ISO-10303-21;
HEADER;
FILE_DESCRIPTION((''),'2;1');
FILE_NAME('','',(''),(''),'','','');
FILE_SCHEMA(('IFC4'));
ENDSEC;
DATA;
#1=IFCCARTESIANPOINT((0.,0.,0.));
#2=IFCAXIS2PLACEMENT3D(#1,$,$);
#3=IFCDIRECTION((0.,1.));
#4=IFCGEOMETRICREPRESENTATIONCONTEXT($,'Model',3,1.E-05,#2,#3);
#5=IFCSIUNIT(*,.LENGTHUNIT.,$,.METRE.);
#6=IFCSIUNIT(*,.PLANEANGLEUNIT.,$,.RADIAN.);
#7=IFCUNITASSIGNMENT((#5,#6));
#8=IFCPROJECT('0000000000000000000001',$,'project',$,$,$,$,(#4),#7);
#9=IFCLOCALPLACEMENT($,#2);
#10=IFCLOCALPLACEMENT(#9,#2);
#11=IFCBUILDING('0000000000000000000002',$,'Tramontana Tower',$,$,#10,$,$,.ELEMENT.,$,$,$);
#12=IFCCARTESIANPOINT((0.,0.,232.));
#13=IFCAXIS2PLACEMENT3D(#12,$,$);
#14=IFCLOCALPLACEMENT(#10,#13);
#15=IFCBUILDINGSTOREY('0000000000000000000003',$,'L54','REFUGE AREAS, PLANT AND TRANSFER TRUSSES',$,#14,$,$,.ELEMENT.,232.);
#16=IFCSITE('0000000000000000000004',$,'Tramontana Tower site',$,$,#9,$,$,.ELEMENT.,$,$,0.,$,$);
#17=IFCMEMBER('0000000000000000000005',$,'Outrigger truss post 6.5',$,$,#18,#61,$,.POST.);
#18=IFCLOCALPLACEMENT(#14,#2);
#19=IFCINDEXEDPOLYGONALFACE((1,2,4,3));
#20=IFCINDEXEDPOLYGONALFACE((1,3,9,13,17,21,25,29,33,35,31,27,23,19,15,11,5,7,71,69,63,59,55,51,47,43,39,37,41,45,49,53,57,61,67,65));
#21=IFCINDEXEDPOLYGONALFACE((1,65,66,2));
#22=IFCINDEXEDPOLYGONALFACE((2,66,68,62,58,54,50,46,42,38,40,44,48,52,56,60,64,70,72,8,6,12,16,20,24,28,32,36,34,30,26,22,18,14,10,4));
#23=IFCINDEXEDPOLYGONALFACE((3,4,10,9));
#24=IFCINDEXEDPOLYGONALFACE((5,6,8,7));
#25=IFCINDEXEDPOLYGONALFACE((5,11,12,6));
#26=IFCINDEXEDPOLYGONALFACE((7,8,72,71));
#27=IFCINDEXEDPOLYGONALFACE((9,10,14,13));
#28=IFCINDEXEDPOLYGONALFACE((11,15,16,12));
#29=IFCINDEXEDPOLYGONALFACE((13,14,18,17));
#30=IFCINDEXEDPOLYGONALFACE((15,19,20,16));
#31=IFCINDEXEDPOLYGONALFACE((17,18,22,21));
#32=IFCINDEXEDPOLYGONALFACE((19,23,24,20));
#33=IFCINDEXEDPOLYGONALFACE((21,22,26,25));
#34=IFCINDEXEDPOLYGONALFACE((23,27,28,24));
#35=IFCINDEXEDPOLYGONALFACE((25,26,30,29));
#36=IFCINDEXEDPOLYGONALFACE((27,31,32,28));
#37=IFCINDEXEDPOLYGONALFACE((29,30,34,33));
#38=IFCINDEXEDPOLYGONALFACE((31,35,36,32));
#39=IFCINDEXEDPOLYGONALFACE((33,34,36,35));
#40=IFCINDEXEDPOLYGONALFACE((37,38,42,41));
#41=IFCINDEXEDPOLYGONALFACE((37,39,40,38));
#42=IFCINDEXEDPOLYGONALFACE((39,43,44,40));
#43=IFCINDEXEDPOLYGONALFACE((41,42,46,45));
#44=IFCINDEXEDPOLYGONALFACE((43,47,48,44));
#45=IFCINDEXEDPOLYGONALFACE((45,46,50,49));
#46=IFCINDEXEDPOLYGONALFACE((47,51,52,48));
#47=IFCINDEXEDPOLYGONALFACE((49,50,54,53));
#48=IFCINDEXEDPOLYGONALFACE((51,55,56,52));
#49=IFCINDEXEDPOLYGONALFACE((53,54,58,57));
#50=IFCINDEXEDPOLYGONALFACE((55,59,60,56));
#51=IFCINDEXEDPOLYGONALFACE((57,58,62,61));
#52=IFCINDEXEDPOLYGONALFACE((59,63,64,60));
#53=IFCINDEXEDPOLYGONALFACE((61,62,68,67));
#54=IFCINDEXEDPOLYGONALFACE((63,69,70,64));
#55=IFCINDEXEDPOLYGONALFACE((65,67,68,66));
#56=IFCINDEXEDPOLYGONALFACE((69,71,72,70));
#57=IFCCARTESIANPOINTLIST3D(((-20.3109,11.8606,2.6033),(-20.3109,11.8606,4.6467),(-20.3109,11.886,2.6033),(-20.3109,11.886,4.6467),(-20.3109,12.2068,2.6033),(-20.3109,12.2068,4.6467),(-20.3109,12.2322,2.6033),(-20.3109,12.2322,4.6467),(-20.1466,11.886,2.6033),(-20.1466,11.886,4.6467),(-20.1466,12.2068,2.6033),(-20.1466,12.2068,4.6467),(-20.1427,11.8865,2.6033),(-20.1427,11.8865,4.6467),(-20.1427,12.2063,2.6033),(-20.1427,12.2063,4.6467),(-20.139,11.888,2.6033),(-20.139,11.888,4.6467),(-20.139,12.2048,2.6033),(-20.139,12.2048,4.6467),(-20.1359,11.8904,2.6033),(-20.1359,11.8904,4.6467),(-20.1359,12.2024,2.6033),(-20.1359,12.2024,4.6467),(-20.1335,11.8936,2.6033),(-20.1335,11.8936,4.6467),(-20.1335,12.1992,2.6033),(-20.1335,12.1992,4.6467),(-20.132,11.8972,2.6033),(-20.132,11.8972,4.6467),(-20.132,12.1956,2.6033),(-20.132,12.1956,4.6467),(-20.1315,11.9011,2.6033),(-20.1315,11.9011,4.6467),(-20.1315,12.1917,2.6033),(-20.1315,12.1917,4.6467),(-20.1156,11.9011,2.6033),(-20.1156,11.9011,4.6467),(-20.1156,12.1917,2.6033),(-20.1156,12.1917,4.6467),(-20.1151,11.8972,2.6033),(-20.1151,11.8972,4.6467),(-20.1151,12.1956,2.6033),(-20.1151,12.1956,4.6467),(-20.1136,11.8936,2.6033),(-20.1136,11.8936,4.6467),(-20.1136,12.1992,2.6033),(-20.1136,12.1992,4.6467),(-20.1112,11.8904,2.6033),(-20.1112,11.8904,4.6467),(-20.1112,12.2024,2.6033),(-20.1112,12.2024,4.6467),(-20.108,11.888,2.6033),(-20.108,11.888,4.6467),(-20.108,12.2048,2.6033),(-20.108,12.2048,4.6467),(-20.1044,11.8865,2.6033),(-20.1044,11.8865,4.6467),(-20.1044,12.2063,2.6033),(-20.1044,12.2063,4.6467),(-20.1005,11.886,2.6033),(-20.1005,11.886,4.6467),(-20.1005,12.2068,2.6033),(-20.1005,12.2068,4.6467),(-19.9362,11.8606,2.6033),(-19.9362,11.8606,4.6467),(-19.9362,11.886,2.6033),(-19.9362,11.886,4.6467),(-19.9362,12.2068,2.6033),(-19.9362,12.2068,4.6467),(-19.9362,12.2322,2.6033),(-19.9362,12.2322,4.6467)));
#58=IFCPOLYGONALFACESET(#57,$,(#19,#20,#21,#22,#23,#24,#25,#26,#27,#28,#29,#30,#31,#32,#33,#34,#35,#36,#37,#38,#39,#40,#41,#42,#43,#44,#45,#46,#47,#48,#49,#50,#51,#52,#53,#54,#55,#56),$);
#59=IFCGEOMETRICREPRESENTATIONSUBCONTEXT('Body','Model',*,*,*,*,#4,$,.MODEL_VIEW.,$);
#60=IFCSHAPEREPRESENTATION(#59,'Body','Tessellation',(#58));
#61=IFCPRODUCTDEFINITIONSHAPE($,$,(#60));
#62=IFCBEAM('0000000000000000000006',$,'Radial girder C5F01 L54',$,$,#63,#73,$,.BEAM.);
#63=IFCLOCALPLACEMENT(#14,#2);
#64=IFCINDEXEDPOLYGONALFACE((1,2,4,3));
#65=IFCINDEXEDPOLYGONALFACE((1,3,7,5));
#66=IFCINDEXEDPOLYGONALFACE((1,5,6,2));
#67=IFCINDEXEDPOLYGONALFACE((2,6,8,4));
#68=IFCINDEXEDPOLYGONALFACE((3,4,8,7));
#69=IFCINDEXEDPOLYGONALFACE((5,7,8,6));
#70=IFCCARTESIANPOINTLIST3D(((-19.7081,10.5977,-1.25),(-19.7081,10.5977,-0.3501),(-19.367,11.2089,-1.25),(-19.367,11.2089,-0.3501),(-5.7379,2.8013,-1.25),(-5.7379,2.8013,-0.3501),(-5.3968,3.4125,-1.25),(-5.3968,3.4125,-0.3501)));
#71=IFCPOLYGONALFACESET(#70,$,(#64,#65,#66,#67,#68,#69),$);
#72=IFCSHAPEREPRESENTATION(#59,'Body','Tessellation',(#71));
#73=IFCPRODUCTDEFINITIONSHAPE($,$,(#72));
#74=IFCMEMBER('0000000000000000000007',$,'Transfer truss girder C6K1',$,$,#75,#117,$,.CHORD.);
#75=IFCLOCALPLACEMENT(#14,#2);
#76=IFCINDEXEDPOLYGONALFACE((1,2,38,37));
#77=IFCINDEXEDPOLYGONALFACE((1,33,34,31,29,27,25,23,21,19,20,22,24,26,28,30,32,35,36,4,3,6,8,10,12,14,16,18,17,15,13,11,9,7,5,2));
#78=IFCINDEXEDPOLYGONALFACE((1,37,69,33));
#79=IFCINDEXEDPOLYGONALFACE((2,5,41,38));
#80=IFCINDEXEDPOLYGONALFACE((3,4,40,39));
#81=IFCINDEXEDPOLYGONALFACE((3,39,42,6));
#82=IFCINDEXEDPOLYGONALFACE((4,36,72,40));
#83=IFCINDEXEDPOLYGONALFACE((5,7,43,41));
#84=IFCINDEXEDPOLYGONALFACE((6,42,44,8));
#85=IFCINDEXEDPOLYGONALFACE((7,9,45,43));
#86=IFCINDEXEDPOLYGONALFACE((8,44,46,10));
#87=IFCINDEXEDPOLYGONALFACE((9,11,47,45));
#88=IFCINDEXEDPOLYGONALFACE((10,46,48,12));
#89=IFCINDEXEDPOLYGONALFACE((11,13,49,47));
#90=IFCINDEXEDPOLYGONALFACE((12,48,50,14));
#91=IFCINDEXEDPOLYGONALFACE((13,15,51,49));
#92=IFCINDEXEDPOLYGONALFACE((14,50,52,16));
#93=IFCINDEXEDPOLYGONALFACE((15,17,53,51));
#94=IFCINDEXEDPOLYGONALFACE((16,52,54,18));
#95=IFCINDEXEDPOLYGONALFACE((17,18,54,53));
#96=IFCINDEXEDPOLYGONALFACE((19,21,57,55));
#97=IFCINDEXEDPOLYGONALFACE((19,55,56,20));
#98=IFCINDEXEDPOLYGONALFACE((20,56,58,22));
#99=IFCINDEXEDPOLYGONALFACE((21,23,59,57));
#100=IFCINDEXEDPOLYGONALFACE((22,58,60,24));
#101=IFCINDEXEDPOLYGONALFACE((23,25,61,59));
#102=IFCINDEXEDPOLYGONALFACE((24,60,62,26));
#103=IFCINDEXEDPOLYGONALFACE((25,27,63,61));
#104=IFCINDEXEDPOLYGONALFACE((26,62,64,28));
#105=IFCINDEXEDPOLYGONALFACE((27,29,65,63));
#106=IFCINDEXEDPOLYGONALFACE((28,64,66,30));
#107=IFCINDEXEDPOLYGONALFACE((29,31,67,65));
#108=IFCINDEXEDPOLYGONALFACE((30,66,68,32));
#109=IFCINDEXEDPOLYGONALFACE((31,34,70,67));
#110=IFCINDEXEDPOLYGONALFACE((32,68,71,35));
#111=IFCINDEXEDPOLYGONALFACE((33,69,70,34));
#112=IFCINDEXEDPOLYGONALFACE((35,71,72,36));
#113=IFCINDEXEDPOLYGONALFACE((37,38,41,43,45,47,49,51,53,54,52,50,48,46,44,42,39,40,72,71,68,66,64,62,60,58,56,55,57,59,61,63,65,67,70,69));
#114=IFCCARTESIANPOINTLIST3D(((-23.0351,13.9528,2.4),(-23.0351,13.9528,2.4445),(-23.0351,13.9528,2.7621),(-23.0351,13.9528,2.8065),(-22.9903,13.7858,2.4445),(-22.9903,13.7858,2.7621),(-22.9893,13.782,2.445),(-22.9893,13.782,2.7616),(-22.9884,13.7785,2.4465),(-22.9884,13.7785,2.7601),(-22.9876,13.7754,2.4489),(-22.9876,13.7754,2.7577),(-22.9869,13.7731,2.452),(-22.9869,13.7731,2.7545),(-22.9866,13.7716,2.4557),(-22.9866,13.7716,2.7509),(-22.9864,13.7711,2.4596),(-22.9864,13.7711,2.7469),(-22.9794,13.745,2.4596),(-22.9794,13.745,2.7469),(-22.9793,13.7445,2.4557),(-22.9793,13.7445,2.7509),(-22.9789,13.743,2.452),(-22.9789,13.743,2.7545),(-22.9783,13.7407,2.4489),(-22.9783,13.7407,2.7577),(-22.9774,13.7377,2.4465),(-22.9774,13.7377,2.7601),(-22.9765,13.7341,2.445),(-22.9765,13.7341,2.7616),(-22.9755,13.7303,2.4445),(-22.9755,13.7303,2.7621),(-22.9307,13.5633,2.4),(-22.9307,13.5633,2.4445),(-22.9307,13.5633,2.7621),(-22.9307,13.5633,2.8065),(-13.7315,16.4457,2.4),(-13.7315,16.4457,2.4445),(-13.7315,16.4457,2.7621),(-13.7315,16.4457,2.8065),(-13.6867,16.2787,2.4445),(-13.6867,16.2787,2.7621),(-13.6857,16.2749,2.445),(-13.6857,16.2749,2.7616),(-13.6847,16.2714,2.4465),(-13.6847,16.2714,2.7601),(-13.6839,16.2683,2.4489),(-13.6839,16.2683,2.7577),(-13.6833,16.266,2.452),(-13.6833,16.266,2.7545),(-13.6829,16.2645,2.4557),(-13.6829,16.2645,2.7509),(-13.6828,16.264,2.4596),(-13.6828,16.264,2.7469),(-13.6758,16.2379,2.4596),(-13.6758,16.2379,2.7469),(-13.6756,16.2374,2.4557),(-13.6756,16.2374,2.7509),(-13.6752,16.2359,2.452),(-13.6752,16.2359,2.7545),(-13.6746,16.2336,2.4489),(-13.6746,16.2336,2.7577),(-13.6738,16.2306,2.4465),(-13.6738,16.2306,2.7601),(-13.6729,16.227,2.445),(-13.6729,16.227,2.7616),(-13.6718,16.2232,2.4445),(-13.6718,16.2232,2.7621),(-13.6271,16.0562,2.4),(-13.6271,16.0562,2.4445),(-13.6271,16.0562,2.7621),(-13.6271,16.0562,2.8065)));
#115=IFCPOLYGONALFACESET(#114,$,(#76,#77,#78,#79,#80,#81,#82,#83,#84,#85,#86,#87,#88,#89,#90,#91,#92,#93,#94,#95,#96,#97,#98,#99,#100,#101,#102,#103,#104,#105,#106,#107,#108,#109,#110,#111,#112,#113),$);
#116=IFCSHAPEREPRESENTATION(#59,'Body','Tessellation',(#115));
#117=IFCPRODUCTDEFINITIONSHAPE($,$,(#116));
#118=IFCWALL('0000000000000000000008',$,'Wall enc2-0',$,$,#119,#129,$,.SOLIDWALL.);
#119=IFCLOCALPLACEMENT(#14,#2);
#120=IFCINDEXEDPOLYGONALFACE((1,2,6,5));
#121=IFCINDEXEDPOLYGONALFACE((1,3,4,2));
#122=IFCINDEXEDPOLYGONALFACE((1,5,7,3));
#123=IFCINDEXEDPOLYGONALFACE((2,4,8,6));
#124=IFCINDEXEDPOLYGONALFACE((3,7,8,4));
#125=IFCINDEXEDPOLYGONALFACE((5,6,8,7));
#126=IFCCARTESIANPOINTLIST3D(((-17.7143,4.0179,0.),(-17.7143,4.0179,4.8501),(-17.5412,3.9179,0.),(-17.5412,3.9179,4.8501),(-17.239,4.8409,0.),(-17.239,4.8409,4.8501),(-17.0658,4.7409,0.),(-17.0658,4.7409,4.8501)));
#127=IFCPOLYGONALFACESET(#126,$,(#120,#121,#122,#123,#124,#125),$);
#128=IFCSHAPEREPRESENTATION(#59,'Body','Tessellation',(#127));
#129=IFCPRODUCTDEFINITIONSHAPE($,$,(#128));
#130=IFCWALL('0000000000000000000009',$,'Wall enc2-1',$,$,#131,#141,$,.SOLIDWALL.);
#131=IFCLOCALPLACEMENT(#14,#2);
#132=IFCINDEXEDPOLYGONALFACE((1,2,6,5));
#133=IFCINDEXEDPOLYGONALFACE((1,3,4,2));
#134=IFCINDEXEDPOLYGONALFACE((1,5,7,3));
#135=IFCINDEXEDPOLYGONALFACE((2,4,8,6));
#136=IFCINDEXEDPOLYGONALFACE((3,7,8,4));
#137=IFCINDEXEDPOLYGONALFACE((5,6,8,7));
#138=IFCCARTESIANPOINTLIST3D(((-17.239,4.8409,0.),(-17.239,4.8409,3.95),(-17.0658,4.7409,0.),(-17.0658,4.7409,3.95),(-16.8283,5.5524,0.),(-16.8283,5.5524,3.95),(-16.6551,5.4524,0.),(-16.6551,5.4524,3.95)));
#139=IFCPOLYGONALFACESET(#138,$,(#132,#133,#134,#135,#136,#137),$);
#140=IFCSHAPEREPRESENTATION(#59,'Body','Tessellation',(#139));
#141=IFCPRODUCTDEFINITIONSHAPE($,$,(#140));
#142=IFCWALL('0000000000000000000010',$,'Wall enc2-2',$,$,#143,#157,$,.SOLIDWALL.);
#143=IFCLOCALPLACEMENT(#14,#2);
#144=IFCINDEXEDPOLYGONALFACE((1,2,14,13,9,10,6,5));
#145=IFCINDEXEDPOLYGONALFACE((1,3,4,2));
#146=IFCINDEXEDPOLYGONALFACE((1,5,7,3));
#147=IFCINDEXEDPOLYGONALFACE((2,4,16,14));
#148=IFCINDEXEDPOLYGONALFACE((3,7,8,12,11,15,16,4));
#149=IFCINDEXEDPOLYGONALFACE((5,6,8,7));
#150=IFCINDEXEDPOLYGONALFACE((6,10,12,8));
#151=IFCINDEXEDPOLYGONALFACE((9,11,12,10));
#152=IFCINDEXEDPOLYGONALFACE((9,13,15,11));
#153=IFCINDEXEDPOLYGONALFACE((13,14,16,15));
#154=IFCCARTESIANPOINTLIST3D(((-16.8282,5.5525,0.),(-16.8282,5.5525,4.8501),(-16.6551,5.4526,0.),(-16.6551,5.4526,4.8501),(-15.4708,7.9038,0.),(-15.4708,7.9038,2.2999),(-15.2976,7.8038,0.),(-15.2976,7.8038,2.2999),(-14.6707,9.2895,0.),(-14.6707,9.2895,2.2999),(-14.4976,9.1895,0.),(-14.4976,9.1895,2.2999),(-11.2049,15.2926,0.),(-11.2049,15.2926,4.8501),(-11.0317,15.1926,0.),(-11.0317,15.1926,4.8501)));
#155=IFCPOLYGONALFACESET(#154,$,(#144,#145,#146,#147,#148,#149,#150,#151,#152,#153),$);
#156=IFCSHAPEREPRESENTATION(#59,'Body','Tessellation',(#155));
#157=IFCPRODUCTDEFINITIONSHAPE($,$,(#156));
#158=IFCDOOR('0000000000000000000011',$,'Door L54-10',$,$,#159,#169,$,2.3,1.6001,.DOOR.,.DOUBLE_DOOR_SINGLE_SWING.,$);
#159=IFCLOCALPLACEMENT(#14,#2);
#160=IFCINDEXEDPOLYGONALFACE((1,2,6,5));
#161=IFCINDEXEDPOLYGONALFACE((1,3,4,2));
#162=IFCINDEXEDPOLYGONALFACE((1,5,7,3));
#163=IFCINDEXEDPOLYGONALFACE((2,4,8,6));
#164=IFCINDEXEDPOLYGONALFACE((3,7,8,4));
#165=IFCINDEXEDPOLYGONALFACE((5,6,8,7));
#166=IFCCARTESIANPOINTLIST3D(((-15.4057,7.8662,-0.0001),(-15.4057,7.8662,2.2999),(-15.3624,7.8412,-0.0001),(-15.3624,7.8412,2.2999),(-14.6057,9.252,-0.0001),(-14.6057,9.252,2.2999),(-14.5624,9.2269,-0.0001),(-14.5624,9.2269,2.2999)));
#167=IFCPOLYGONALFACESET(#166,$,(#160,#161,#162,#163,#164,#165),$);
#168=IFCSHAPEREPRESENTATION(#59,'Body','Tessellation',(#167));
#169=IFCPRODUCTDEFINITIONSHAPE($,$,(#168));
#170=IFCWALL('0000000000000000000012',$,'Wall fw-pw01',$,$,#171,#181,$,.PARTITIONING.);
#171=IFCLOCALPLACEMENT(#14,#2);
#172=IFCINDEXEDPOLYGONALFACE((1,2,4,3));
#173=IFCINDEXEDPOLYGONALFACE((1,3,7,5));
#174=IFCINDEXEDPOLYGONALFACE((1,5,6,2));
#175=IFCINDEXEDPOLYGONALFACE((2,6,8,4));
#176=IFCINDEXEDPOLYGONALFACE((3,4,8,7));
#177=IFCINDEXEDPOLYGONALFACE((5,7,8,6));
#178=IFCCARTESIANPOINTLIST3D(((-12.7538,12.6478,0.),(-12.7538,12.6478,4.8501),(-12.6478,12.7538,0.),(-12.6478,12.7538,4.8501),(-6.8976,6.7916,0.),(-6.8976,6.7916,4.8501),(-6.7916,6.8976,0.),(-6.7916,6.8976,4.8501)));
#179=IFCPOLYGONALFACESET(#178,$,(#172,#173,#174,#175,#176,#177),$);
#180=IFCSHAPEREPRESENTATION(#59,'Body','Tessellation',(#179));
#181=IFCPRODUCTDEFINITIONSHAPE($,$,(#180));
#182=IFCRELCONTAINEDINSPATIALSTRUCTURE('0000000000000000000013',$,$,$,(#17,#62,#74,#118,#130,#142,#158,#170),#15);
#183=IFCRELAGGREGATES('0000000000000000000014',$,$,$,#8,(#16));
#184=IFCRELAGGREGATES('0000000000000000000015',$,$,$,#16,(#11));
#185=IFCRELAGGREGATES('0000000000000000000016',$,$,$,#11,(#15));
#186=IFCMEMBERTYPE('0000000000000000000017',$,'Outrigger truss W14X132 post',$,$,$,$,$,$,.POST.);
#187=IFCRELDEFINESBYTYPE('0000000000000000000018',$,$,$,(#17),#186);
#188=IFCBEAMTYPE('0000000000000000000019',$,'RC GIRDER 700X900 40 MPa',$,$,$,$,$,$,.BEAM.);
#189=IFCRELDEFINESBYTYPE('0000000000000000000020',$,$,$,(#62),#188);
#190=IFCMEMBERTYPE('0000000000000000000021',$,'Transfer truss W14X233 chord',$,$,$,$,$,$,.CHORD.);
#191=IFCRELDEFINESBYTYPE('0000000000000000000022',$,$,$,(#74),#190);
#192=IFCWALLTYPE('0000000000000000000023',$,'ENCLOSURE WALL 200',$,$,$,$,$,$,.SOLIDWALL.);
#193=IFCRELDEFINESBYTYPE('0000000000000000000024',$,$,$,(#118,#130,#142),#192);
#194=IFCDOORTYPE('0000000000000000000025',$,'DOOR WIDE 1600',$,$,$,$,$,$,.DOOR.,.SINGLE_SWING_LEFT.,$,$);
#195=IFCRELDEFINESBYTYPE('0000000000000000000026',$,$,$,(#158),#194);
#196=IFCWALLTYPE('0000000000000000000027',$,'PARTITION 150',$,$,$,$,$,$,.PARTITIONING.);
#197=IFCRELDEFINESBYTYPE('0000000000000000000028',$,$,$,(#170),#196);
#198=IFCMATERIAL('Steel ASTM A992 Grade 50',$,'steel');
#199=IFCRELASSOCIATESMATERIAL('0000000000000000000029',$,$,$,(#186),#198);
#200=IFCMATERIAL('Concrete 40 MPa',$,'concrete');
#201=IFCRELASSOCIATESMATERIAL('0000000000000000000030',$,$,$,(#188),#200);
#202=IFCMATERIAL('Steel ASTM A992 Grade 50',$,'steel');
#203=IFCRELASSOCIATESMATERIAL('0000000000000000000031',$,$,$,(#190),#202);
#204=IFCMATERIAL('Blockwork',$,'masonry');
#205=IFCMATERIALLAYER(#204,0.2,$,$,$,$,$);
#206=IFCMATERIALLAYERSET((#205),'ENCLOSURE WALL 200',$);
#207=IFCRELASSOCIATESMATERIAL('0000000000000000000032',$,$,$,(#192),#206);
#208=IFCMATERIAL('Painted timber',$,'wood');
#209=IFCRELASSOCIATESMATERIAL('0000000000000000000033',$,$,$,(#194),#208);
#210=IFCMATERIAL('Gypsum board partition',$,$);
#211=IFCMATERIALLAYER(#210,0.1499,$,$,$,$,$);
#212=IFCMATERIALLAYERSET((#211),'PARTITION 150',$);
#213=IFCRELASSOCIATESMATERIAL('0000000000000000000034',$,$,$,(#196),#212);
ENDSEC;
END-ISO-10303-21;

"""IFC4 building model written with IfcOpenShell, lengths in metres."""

from ifc_helpers import new_model, si_unit, direction, frame, frame_2d, origin, origin_2d, place, context, subcontext, project, spatial, rectangle, i_section, extrude, material, layer, layer_set, material_profile, profile_set, type_object, element, fill, save


model = new_model("IFC4")

# Units and contexts
model_context = context("Model", 3, precision=1e-05, world=origin(), true_north=direction((0.0, 1.0)))
body_context = subcontext(model_context, "Body", "Model", "MODEL_VIEW")
ifc_project = project(units=[si_unit("LENGTHUNIT", "METRE"), si_unit("PLANEANGLEUNIT", "RADIAN")], contexts=[model_context])

# Site, building, storey
site_placement = place(None, origin())
site = spatial("IfcSite", under=ifc_project, at=site_placement, Name="Tramontana Tower site", CompositionType="ELEMENT", RefElevation=0.0)
building_placement = place(site_placement, origin())
building = spatial("IfcBuilding", under=site, at=building_placement, Name="Tramontana Tower", CompositionType="ELEMENT")
storey_placement = place(building_placement, frame((0.0, 0.0, 232.0)))
storey = spatial("IfcBuildingStorey", under=building, at=storey_placement, Name="L54", Description="REFUGE AREAS, PLANT AND TRANSFER TRUSSES", CompositionType="ELEMENT", Elevation=232.0)

# Member
ifc_material_1 = material(Name="Steel ASTM A992 Grade 50", Category="steel")
ifc_material_profile_1 = material_profile(ifc_material_1, i_section(OverallWidth=0.3748, OverallDepth=0.3716, WebThickness=0.0159, FlangeThickness=0.0254, FilletRadius=0.0151, at=origin_2d()), Name="W14X132")
ifc_profile_set_1 = profile_set([ifc_material_profile_1], Name="Steel ASTM A992 Grade 50")
member_type_1 = type_object("IfcMemberType", Name="Outrigger truss W14X132 post", PredefinedType="POST", material=ifc_profile_set_1)
for number, where, z_axis, x_axis, name in (
    (1, (-20.1235, 12.0464, 2.6033), (0.0, 0.0, 1.0), (1.0, 0.0, 0.0), "Outrigger truss post 6.5"),
):
    element("IfcMember", number, at=place(storey_placement, frame(where, z_axis=z_axis, x_axis=x_axis)), inside=storey, type_object=member_type_1, Name=name, PredefinedType="POST", context=body_context, shape_type="SweptSolid", body=[
        extrude(i_section(OverallWidth=0.3748, OverallDepth=0.3716, WebThickness=0.0159, FlangeThickness=0.0254, FilletRadius=0.0151, at=origin_2d()), origin(), (0.0, 0.0, 1.0), 2.0435),
    ])

# Beam
ifc_material_2 = material(Name="Concrete 40 MPa", Category="concrete")
ifc_material_profile_2 = material_profile(ifc_material_2, rectangle(XDim=0.7, YDim=0.8999, at=origin_2d()), Name="RC GIRDER 700X900 40 MPa")
ifc_profile_set_2 = profile_set([ifc_material_profile_2], Name="Concrete 40 MPa")
beam_type = type_object("IfcBeamType", Name="RC GIRDER 700X900 40 MPa", PredefinedType="BEAM", material=ifc_profile_set_2)
beam_placement = place(storey_placement, frame((-19.5376, 10.9033, -0.8), z_axis=(0.873223, -0.487321, 0.0), x_axis=(0.487321, 0.873223, 0.0)))
element("IfcBeam", 2, at=beam_placement, inside=storey, type_object=beam_type, Name="Radial girder C5F01 L54", PredefinedType="BEAM", context=body_context, shape_type="SweptSolid", body=[
    extrude(rectangle(XDim=0.7, YDim=0.8999, at=origin_2d()), origin(), (0.0, 0.0, 1.0), 15.9985),
])

# Member
ifc_material_3 = material(Name="Steel ASTM A992 Grade 50", Category="steel")
ifc_material_profile_3 = material_profile(ifc_material_3, i_section(OverallWidth=0.4033, OverallDepth=0.4065, WebThickness=0.0271, FlangeThickness=0.0444, FilletRadius=0.0151, at=origin_2d()), Name="W14X233")
ifc_profile_set_3 = profile_set([ifc_material_profile_3], Name="Steel ASTM A992 Grade 50")
member_type_2 = type_object("IfcMemberType", Name="Transfer truss W14X233 chord", PredefinedType="CHORD", material=ifc_profile_set_3)
member_1_placement = place(storey_placement, frame((-22.9829, 13.7581, 2.6033), z_axis=(0.965926, 0.258819, 0.0), x_axis=(-0.258819, 0.965926, 0.0)))
element("IfcMember", 3, at=member_1_placement, inside=storey, type_object=member_type_2, Name="Transfer truss girder C6K1", PredefinedType="CHORD", context=body_context, shape_type="SweptSolid", body=[
    extrude(i_section(OverallWidth=0.4033, OverallDepth=0.4065, WebThickness=0.0271, FlangeThickness=0.0444, FilletRadius=0.0151, at=origin_2d()), origin(), (0.0, 0.0, 1.0), 9.6318),
])

# Walls
ifc_material_4 = material(Name="Blockwork", Category="masonry")
ifc_layer_1 = layer(ifc_material_4, 0.2)
ifc_layer_set_1 = layer_set([ifc_layer_1], Name="ENCLOSURE WALL 200")
wall_type_1 = type_object("IfcWallType", Name="ENCLOSURE WALL 200", PredefinedType="SOLIDWALL", material=ifc_layer_set_1)
wall_1_placement = place(storey_placement, frame((-17.6277, 3.968, 0.0), z_axis=(0.0, 0.0, 1.0), x_axis=(0.500145, 0.865942, 0.0)))
element("IfcWall", 4, at=wall_1_placement, inside=storey, type_object=wall_type_1, Name="Wall enc2-0", PredefinedType="SOLIDWALL", context=body_context, shape_type="SweptSolid", body=[
    extrude(rectangle(XDim=0.9504, YDim=0.2, at=frame_2d((0.4751, 0.0))), origin(), (0.0, 0.0, 1.0), 4.8501),
])
wall_2_placement = place(storey_placement, frame((-17.1523, 4.791, 0.0), z_axis=(0.0, 0.0, 1.0), x_axis=(0.499911, 0.866077, 0.0)))
element("IfcWall", 5, at=wall_2_placement, inside=storey, type_object=wall_type_1, Name="Wall enc2-1", PredefinedType="SOLIDWALL", context=body_context, shape_type="SweptSolid", body=[
    extrude(rectangle(XDim=0.8215, YDim=0.2, at=frame_2d((0.4106, 0.0))), origin(), (0.0, 0.0, 1.0), 3.95),
])

# Wall, opening, door
wall_3_placement = place(storey_placement, frame((-16.7417, 5.5024, 0.0), z_axis=(0.0, 0.0, 1.0), x_axis=(0.499994, 0.866029, 0.0)))
wall_3 = element("IfcWall", 6, at=wall_3_placement, inside=storey, type_object=wall_type_1, Name="Wall enc2-2", PredefinedType="SOLIDWALL", context=body_context, shape_type="SweptSolid", body=[
    extrude(rectangle(XDim=11.2468, YDim=0.2, at=frame_2d((5.6235, 0.0))), origin(), (0.0, 0.0, 1.0), 4.8501),
])
opening_placement = place(wall_3_placement, frame((2.7151, 0.0, 0.0)))
opening = element("IfcOpeningElement", 7, at=opening_placement, cuts=wall_3, PredefinedType="OPENING", context=body_context, shape_type="SweptSolid", body=[
    extrude(rectangle(XDim=1.6001, YDim=2.3, at=frame_2d((0.8, 1.1499))), frame((0.0, 0.1099, 0.0), z_axis=(0.0, -1.0, 0.0), x_axis=(1.0, 0.0, 0.0)), (0.0, 0.0, 1.0), 0.22),
])
ifc_material_5 = material(Name="Painted timber", Category="wood")
door_type = type_object("IfcDoorType", Name="DOOR WIDE 1600", OperationType="SINGLE_SWING_LEFT", PredefinedType="DOOR", material=ifc_material_5)
door_placement = place(opening_placement, origin())
door = element("IfcDoor", 8, at=door_placement, inside=storey, type_object=door_type, Name="Door L54-10", OperationType="DOUBLE_DOOR_SINGLE_SWING", OverallHeight=2.3, OverallWidth=1.6001, PredefinedType="DOOR", context=body_context, shape_type="SweptSolid", body=[
    extrude(rectangle(XDim=1.6001, YDim=2.3, at=frame_2d((0.8, 1.1499))), frame((0.0, 0.0249, 0.0), z_axis=(0.0, -1.0, 0.0), x_axis=(1.0, 0.0, 0.0)), (0.0, 0.0, 1.0), 0.05),
])
fill(opening, door)

# Wall
ifc_material_6 = material(Name="Gypsum board partition")
ifc_layer_2 = layer(ifc_material_6, 0.1499)
ifc_layer_set_2 = layer_set([ifc_layer_2], Name="PARTITION 150")
wall_type_2 = type_object("IfcWallType", Name="PARTITION 150", PredefinedType="PARTITIONING", material=ifc_layer_set_2)
wall_4_placement = place(storey_placement, frame((-12.7009, 12.7009, 0.0), z_axis=(0.0, 0.0, 1.0), x_axis=(0.707107, -0.707107, 0.0)))
element("IfcWall", 9, at=wall_4_placement, inside=storey, type_object=wall_type_2, Name="Wall fw-pw01", PredefinedType="PARTITIONING", context=body_context, shape_type="SweptSolid", body=[
    extrude(rectangle(XDim=8.282, YDim=0.1499, at=frame_2d((4.1411, 0.0))), origin(), (0.0, 0.0, 1.0), 4.8501),
])

save(model, "model.ifc")
